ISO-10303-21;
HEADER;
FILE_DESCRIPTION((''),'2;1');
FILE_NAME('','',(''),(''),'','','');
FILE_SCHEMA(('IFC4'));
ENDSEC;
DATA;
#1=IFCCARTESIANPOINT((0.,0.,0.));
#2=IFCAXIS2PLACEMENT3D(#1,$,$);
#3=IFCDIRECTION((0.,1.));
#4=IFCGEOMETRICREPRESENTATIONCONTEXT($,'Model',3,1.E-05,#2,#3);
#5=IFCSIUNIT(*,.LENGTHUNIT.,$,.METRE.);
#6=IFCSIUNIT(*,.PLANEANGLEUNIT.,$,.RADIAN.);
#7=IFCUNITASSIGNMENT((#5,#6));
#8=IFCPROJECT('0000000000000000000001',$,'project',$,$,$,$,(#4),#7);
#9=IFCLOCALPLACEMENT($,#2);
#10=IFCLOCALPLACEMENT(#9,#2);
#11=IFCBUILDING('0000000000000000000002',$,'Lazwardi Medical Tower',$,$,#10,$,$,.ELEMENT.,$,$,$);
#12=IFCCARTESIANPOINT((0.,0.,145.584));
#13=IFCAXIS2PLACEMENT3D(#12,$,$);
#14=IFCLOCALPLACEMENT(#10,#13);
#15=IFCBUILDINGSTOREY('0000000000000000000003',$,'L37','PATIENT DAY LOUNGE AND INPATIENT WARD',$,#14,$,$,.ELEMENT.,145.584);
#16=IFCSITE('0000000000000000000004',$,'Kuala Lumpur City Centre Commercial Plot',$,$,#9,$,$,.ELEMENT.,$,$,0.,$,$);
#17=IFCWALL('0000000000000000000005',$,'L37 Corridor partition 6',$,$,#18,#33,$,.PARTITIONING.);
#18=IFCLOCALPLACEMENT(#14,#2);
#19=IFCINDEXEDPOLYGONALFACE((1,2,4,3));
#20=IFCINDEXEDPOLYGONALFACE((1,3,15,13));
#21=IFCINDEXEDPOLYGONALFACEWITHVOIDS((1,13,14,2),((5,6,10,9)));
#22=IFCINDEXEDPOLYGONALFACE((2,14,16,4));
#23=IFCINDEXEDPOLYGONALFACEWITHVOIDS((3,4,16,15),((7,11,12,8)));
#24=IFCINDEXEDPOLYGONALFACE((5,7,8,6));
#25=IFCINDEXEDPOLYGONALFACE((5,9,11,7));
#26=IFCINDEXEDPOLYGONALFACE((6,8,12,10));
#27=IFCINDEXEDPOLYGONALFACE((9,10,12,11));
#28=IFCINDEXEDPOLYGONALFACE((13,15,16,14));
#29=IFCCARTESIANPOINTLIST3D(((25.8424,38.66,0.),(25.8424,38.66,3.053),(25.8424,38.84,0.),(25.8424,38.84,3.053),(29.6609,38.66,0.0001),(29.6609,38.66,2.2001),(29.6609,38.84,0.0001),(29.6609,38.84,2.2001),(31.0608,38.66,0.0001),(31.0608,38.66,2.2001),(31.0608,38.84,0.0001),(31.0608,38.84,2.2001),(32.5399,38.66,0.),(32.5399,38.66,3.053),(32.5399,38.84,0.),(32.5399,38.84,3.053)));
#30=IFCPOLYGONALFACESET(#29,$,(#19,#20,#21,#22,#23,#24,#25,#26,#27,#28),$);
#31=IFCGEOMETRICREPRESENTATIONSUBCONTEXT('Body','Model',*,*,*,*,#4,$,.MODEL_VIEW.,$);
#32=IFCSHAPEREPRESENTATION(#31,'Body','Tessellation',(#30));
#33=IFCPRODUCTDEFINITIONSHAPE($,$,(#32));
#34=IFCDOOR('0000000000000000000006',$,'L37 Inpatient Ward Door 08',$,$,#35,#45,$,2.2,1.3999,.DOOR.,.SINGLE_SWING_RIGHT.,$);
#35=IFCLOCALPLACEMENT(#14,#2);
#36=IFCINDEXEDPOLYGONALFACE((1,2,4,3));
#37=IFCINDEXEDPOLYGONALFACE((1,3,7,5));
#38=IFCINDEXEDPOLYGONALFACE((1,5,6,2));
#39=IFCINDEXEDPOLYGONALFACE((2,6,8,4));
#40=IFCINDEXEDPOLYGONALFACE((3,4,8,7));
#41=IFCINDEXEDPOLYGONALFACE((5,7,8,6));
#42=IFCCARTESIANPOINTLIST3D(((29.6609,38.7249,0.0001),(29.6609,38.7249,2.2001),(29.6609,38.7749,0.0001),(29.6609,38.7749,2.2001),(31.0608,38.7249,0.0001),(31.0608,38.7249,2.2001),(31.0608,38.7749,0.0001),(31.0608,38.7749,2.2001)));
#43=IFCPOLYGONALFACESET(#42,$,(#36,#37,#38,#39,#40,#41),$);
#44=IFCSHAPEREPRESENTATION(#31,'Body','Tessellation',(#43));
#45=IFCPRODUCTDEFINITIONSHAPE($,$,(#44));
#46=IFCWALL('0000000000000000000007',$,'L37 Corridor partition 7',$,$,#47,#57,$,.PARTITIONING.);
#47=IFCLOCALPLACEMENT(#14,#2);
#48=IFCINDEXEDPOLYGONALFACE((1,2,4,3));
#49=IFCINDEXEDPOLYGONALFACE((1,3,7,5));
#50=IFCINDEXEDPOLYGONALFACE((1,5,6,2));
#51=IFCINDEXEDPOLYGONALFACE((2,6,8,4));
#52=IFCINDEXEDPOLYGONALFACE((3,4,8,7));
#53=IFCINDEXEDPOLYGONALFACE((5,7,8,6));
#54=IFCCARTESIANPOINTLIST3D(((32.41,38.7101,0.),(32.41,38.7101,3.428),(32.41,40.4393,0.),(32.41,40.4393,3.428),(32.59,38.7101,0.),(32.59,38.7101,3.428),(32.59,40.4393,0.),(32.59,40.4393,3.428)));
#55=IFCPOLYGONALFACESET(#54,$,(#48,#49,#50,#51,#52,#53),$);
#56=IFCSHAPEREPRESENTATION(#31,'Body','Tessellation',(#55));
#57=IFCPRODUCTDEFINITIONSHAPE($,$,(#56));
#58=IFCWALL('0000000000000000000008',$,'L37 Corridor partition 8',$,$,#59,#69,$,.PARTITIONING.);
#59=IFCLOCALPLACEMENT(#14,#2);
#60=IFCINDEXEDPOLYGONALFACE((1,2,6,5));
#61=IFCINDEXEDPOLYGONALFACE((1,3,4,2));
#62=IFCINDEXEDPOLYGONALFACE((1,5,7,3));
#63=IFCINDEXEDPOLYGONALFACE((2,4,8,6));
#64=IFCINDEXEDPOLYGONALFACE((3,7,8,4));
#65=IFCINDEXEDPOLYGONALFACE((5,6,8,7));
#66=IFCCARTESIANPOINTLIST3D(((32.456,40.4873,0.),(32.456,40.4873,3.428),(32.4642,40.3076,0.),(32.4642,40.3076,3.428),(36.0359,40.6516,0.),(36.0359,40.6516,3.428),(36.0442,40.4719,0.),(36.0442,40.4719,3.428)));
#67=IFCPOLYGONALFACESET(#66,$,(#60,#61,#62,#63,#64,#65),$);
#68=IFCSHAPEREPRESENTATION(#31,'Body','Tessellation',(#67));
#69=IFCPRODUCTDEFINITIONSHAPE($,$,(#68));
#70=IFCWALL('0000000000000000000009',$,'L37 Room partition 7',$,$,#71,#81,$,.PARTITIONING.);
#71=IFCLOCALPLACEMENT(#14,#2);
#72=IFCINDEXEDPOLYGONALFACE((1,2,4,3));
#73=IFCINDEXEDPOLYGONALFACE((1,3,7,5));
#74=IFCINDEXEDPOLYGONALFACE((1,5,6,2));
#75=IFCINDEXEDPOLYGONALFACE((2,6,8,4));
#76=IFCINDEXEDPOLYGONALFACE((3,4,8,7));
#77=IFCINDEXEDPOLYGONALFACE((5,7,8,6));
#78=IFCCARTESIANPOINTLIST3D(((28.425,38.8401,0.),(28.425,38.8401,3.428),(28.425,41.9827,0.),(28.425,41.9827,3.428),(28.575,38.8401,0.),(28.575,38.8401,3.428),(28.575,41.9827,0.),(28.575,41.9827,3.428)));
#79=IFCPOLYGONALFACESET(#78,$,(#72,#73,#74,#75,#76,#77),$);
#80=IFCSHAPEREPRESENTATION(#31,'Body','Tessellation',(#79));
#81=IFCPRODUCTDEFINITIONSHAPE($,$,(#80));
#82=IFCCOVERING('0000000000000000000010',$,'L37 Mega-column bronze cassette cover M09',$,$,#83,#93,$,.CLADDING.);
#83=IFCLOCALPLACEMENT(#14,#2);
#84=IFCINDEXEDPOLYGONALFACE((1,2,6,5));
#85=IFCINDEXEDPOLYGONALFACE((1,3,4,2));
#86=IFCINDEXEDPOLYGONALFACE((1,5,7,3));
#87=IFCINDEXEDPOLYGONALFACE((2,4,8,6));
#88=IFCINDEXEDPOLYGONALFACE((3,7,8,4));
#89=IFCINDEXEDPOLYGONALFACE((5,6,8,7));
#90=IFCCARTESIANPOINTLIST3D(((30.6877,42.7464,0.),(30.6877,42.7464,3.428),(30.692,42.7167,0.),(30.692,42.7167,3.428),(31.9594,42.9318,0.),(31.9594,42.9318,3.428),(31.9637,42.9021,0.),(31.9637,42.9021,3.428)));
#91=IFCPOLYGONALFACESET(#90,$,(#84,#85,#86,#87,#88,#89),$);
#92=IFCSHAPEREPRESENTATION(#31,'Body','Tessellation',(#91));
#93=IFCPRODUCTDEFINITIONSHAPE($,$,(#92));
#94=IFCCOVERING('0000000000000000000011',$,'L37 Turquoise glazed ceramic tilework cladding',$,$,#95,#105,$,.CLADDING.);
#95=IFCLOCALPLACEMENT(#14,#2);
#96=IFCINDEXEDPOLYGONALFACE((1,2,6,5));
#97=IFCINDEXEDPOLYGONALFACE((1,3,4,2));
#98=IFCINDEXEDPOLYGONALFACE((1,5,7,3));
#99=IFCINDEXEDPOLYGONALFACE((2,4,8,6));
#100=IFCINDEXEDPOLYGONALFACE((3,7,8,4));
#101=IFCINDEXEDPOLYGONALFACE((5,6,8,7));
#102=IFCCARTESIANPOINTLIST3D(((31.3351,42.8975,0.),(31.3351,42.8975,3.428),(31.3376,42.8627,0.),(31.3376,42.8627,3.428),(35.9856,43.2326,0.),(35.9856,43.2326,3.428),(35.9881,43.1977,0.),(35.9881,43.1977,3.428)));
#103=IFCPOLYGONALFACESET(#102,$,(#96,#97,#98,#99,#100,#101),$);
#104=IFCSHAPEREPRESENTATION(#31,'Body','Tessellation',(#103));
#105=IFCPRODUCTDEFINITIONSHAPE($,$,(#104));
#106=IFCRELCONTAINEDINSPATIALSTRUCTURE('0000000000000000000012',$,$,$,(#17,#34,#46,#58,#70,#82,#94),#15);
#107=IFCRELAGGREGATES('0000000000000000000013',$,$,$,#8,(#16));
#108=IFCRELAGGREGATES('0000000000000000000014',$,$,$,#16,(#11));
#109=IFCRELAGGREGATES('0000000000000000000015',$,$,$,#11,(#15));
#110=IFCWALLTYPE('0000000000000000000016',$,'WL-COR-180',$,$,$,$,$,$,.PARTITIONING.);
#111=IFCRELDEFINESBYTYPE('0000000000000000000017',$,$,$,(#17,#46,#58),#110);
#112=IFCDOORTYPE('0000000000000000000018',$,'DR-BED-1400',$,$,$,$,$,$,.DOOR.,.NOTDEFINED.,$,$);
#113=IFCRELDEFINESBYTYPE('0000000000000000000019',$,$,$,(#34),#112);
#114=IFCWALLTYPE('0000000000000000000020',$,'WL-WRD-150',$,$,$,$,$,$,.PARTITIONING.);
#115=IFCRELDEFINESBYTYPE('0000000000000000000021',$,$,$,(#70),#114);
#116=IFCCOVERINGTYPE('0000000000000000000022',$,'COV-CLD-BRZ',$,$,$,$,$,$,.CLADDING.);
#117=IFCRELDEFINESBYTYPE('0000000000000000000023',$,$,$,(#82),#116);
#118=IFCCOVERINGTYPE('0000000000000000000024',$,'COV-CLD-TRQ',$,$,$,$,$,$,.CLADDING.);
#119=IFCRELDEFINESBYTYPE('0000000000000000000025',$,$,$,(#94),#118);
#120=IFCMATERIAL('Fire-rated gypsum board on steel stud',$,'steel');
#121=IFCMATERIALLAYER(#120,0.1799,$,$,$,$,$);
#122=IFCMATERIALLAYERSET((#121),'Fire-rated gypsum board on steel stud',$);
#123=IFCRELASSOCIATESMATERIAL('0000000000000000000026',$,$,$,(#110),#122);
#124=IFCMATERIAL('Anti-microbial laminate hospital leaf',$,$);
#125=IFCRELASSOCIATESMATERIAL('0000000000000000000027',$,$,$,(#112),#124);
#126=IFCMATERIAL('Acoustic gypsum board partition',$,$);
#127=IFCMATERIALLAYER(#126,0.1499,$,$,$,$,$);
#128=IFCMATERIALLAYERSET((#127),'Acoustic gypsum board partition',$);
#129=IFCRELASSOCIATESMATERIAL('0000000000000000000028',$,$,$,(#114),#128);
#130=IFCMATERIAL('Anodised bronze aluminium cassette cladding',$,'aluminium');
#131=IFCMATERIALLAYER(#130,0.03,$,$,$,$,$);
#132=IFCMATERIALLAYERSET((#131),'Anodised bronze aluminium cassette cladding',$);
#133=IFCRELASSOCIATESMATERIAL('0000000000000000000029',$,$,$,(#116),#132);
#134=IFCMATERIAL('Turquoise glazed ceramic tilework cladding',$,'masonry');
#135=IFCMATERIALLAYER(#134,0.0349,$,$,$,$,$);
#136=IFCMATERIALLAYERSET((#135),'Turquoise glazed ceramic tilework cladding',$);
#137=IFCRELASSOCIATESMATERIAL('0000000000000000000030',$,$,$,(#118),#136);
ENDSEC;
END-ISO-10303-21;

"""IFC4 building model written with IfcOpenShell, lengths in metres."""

from ifc_helpers import new_model, si_unit, direction, frame, frame_2d, origin, origin_2d, place, context, subcontext, project, spatial, rectangle, extrude, material, layer, layer_set, type_object, element, fill, save


model = new_model("IFC4")

# Units and contexts
model_context = context("Model", 3, precision=1e-05, world=origin(), true_north=direction((0.0, 1.0)))
body_context = subcontext(model_context, "Body", "Model", "MODEL_VIEW")
ifc_project = project(units=[si_unit("LENGTHUNIT", "METRE"), si_unit("PLANEANGLEUNIT", "RADIAN")], contexts=[model_context])

# Site, building, storey
site_placement = place(None, origin())
site = spatial("IfcSite", under=ifc_project, at=site_placement, Name="Kuala Lumpur City Centre Commercial Plot", CompositionType="ELEMENT", RefElevation=0.0)
building_placement = place(site_placement, origin())
building = spatial("IfcBuilding", under=site, at=building_placement, Name="Lazwardi Medical Tower", CompositionType="ELEMENT")
storey_placement = place(building_placement, frame((0.0, 0.0, 145.584)))
storey = spatial("IfcBuildingStorey", under=building, at=storey_placement, Name="L37", Description="PATIENT DAY LOUNGE AND INPATIENT WARD", CompositionType="ELEMENT", Elevation=145.584)

# Shared definitions
ifc_material_1 = material(Name="Fire-rated gypsum board on steel stud", Category="steel")
ifc_layer_1 = layer(ifc_material_1, 0.1799)
ifc_layer_set_1 = layer_set([ifc_layer_1], Name="Fire-rated gypsum board on steel stud")
wall_type_1 = type_object("IfcWallType", Name="WL-COR-180", PredefinedType="PARTITIONING", material=ifc_layer_set_1)

# Wall, opening, door
wall_1_placement = place(storey_placement, frame((25.8425, 38.75, 0.0), z_axis=(0.0, 0.0, 1.0), x_axis=(1.0, 0.0, 0.0)))
wall_1 = element("IfcWall", 1, at=wall_1_placement, inside=storey, type_object=wall_type_1, Name="L37 Corridor partition 6", PredefinedType="PARTITIONING", context=body_context, shape_type="SweptSolid", body=[
    extrude(rectangle(XDim=6.6975, YDim=0.1799, at=frame_2d((3.3486, 0.0))), origin(), (0.0, 0.0, 1.0), 3.053),
])
opening_placement = place(wall_1_placement, frame((3.8184, 0.0, 0.0)))
opening = element("IfcOpeningElement", 2, at=opening_placement, cuts=wall_1, PredefinedType="OPENING", context=body_context, shape_type="SweptSolid", body=[
    extrude(rectangle(XDim=1.3999, YDim=2.2, at=frame_2d((0.7, 1.1001))), frame((0.0, 0.0999, 0.0), z_axis=(0.0, -1.0, 0.0), x_axis=(1.0, 0.0, 0.0)), (0.0, 0.0, 1.0), 0.2),
])
ifc_material_2 = material(Name="Anti-microbial laminate hospital leaf")
door_type = type_object("IfcDoorType", Name="DR-BED-1400", OperationType="NOTDEFINED", PredefinedType="DOOR", material=ifc_material_2)
door_placement = place(opening_placement, origin())
door = element("IfcDoor", 3, at=door_placement, inside=storey, type_object=door_type, Name="L37 Inpatient Ward Door 08", OperationType="SINGLE_SWING_RIGHT", OverallHeight=2.2, OverallWidth=1.3999, PredefinedType="DOOR", context=body_context, shape_type="SweptSolid", body=[
    extrude(rectangle(XDim=1.3999, YDim=2.2, at=frame_2d((0.7, 1.1001))), frame((0.0, 0.0249, 0.0), z_axis=(0.0, -1.0, 0.0), x_axis=(1.0, 0.0, 0.0)), (0.0, 0.0, 1.0), 0.05),
])
fill(opening, door)

# Walls
wall_2_placement = place(storey_placement, frame((32.5, 38.71, 0.0), z_axis=(0.0, 0.0, 1.0), x_axis=(0.0, 1.0, 0.0)))
element("IfcWall", 4, at=wall_2_placement, inside=storey, type_object=wall_type_1, Name="L37 Corridor partition 7", PredefinedType="PARTITIONING", context=body_context, shape_type="SweptSolid", body=[
    extrude(rectangle(XDim=1.7292, YDim=0.1799, at=frame_2d((0.8647, 0.0))), origin(), (0.0, 0.0, 1.0), 3.428),
])
wall_3_placement = place(storey_placement, frame((32.46, 40.3975, 0.0), z_axis=(0.0, 0.0, 1.0), x_axis=(0.998948, 0.045846, 0.0)))
element("IfcWall", 5, at=wall_3_placement, inside=storey, type_object=wall_type_1, Name="L37 Corridor partition 8", PredefinedType="PARTITIONING", context=body_context, shape_type="SweptSolid", body=[
    extrude(rectangle(XDim=3.5837, YDim=0.1799, at=frame_2d((1.792, 0.0))), origin(), (0.0, 0.0, 1.0), 3.428),
])
ifc_material_3 = material(Name="Acoustic gypsum board partition")
ifc_layer_2 = layer(ifc_material_3, 0.1499)
ifc_layer_set_2 = layer_set([ifc_layer_2], Name="Acoustic gypsum board partition")
wall_type_2 = type_object("IfcWallType", Name="WL-WRD-150", PredefinedType="PARTITIONING", material=ifc_layer_set_2)
wall_4_placement = place(storey_placement, frame((28.5, 38.8401, 0.0), z_axis=(0.0, 0.0, 1.0), x_axis=(0.0, 1.0, 0.0)))
element("IfcWall", 6, at=wall_4_placement, inside=storey, type_object=wall_type_2, Name="L37 Room partition 7", PredefinedType="PARTITIONING", context=body_context, shape_type="SweptSolid", body=[
    extrude(rectangle(XDim=3.1426, YDim=0.1499, at=frame_2d((1.5713, 0.0))), origin(), (0.0, 0.0, 1.0), 3.428),
])

# Coverings
ifc_material_4 = material(Name="Anodised bronze aluminium cassette cladding", Category="aluminium")
ifc_layer_3 = layer(ifc_material_4, 0.03)
ifc_layer_set_3 = layer_set([ifc_layer_3], Name="Anodised bronze aluminium cassette cladding")
covering_type_1 = type_object("IfcCoveringType", Name="COV-CLD-BRZ", PredefinedType="CLADDING", material=ifc_layer_set_3)
covering_1_placement = place(storey_placement, frame((31.3257, 42.8242, 0.0), z_axis=(0.0, 0.0, 1.0), x_axis=(-0.989539, -0.144265, 0.0)))
element("IfcCovering", 7, at=covering_1_placement, inside=storey, type_object=covering_type_1, Name="L37 Mega-column bronze cassette cover M09", PredefinedType="CLADDING", context=body_context, shape_type="SweptSolid", body=[
    extrude(rectangle(XDim=1.2852, YDim=0.03, at=origin_2d()), origin(), (0.0, 0.0, 1.0), 3.428),
])
ifc_material_5 = material(Name="Turquoise glazed ceramic tilework cladding", Category="masonry")
ifc_layer_4 = layer(ifc_material_5, 0.0349)
ifc_layer_set_4 = layer_set([ifc_layer_4], Name="Turquoise glazed ceramic tilework cladding")
covering_type_2 = type_object("IfcCoveringType", Name="COV-CLD-TRQ", PredefinedType="CLADDING", material=ifc_layer_set_4)
covering_2_placement = place(storey_placement, frame((33.6616, 43.0476, 0.0), z_axis=(0.0, 0.0, 1.0), x_axis=(-0.997414, -0.071868, 0.0)))
element("IfcCovering", 8, at=covering_2_placement, inside=storey, type_object=covering_type_2, Name="L37 Turquoise glazed ceramic tilework cladding", PredefinedType="CLADDING", context=body_context, shape_type="SweptSolid", body=[
    extrude(rectangle(XDim=4.6626, YDim=0.0349, at=origin_2d()), origin(), (0.0, 0.0, 1.0), 3.428),
])

save(model, "model.ifc")
